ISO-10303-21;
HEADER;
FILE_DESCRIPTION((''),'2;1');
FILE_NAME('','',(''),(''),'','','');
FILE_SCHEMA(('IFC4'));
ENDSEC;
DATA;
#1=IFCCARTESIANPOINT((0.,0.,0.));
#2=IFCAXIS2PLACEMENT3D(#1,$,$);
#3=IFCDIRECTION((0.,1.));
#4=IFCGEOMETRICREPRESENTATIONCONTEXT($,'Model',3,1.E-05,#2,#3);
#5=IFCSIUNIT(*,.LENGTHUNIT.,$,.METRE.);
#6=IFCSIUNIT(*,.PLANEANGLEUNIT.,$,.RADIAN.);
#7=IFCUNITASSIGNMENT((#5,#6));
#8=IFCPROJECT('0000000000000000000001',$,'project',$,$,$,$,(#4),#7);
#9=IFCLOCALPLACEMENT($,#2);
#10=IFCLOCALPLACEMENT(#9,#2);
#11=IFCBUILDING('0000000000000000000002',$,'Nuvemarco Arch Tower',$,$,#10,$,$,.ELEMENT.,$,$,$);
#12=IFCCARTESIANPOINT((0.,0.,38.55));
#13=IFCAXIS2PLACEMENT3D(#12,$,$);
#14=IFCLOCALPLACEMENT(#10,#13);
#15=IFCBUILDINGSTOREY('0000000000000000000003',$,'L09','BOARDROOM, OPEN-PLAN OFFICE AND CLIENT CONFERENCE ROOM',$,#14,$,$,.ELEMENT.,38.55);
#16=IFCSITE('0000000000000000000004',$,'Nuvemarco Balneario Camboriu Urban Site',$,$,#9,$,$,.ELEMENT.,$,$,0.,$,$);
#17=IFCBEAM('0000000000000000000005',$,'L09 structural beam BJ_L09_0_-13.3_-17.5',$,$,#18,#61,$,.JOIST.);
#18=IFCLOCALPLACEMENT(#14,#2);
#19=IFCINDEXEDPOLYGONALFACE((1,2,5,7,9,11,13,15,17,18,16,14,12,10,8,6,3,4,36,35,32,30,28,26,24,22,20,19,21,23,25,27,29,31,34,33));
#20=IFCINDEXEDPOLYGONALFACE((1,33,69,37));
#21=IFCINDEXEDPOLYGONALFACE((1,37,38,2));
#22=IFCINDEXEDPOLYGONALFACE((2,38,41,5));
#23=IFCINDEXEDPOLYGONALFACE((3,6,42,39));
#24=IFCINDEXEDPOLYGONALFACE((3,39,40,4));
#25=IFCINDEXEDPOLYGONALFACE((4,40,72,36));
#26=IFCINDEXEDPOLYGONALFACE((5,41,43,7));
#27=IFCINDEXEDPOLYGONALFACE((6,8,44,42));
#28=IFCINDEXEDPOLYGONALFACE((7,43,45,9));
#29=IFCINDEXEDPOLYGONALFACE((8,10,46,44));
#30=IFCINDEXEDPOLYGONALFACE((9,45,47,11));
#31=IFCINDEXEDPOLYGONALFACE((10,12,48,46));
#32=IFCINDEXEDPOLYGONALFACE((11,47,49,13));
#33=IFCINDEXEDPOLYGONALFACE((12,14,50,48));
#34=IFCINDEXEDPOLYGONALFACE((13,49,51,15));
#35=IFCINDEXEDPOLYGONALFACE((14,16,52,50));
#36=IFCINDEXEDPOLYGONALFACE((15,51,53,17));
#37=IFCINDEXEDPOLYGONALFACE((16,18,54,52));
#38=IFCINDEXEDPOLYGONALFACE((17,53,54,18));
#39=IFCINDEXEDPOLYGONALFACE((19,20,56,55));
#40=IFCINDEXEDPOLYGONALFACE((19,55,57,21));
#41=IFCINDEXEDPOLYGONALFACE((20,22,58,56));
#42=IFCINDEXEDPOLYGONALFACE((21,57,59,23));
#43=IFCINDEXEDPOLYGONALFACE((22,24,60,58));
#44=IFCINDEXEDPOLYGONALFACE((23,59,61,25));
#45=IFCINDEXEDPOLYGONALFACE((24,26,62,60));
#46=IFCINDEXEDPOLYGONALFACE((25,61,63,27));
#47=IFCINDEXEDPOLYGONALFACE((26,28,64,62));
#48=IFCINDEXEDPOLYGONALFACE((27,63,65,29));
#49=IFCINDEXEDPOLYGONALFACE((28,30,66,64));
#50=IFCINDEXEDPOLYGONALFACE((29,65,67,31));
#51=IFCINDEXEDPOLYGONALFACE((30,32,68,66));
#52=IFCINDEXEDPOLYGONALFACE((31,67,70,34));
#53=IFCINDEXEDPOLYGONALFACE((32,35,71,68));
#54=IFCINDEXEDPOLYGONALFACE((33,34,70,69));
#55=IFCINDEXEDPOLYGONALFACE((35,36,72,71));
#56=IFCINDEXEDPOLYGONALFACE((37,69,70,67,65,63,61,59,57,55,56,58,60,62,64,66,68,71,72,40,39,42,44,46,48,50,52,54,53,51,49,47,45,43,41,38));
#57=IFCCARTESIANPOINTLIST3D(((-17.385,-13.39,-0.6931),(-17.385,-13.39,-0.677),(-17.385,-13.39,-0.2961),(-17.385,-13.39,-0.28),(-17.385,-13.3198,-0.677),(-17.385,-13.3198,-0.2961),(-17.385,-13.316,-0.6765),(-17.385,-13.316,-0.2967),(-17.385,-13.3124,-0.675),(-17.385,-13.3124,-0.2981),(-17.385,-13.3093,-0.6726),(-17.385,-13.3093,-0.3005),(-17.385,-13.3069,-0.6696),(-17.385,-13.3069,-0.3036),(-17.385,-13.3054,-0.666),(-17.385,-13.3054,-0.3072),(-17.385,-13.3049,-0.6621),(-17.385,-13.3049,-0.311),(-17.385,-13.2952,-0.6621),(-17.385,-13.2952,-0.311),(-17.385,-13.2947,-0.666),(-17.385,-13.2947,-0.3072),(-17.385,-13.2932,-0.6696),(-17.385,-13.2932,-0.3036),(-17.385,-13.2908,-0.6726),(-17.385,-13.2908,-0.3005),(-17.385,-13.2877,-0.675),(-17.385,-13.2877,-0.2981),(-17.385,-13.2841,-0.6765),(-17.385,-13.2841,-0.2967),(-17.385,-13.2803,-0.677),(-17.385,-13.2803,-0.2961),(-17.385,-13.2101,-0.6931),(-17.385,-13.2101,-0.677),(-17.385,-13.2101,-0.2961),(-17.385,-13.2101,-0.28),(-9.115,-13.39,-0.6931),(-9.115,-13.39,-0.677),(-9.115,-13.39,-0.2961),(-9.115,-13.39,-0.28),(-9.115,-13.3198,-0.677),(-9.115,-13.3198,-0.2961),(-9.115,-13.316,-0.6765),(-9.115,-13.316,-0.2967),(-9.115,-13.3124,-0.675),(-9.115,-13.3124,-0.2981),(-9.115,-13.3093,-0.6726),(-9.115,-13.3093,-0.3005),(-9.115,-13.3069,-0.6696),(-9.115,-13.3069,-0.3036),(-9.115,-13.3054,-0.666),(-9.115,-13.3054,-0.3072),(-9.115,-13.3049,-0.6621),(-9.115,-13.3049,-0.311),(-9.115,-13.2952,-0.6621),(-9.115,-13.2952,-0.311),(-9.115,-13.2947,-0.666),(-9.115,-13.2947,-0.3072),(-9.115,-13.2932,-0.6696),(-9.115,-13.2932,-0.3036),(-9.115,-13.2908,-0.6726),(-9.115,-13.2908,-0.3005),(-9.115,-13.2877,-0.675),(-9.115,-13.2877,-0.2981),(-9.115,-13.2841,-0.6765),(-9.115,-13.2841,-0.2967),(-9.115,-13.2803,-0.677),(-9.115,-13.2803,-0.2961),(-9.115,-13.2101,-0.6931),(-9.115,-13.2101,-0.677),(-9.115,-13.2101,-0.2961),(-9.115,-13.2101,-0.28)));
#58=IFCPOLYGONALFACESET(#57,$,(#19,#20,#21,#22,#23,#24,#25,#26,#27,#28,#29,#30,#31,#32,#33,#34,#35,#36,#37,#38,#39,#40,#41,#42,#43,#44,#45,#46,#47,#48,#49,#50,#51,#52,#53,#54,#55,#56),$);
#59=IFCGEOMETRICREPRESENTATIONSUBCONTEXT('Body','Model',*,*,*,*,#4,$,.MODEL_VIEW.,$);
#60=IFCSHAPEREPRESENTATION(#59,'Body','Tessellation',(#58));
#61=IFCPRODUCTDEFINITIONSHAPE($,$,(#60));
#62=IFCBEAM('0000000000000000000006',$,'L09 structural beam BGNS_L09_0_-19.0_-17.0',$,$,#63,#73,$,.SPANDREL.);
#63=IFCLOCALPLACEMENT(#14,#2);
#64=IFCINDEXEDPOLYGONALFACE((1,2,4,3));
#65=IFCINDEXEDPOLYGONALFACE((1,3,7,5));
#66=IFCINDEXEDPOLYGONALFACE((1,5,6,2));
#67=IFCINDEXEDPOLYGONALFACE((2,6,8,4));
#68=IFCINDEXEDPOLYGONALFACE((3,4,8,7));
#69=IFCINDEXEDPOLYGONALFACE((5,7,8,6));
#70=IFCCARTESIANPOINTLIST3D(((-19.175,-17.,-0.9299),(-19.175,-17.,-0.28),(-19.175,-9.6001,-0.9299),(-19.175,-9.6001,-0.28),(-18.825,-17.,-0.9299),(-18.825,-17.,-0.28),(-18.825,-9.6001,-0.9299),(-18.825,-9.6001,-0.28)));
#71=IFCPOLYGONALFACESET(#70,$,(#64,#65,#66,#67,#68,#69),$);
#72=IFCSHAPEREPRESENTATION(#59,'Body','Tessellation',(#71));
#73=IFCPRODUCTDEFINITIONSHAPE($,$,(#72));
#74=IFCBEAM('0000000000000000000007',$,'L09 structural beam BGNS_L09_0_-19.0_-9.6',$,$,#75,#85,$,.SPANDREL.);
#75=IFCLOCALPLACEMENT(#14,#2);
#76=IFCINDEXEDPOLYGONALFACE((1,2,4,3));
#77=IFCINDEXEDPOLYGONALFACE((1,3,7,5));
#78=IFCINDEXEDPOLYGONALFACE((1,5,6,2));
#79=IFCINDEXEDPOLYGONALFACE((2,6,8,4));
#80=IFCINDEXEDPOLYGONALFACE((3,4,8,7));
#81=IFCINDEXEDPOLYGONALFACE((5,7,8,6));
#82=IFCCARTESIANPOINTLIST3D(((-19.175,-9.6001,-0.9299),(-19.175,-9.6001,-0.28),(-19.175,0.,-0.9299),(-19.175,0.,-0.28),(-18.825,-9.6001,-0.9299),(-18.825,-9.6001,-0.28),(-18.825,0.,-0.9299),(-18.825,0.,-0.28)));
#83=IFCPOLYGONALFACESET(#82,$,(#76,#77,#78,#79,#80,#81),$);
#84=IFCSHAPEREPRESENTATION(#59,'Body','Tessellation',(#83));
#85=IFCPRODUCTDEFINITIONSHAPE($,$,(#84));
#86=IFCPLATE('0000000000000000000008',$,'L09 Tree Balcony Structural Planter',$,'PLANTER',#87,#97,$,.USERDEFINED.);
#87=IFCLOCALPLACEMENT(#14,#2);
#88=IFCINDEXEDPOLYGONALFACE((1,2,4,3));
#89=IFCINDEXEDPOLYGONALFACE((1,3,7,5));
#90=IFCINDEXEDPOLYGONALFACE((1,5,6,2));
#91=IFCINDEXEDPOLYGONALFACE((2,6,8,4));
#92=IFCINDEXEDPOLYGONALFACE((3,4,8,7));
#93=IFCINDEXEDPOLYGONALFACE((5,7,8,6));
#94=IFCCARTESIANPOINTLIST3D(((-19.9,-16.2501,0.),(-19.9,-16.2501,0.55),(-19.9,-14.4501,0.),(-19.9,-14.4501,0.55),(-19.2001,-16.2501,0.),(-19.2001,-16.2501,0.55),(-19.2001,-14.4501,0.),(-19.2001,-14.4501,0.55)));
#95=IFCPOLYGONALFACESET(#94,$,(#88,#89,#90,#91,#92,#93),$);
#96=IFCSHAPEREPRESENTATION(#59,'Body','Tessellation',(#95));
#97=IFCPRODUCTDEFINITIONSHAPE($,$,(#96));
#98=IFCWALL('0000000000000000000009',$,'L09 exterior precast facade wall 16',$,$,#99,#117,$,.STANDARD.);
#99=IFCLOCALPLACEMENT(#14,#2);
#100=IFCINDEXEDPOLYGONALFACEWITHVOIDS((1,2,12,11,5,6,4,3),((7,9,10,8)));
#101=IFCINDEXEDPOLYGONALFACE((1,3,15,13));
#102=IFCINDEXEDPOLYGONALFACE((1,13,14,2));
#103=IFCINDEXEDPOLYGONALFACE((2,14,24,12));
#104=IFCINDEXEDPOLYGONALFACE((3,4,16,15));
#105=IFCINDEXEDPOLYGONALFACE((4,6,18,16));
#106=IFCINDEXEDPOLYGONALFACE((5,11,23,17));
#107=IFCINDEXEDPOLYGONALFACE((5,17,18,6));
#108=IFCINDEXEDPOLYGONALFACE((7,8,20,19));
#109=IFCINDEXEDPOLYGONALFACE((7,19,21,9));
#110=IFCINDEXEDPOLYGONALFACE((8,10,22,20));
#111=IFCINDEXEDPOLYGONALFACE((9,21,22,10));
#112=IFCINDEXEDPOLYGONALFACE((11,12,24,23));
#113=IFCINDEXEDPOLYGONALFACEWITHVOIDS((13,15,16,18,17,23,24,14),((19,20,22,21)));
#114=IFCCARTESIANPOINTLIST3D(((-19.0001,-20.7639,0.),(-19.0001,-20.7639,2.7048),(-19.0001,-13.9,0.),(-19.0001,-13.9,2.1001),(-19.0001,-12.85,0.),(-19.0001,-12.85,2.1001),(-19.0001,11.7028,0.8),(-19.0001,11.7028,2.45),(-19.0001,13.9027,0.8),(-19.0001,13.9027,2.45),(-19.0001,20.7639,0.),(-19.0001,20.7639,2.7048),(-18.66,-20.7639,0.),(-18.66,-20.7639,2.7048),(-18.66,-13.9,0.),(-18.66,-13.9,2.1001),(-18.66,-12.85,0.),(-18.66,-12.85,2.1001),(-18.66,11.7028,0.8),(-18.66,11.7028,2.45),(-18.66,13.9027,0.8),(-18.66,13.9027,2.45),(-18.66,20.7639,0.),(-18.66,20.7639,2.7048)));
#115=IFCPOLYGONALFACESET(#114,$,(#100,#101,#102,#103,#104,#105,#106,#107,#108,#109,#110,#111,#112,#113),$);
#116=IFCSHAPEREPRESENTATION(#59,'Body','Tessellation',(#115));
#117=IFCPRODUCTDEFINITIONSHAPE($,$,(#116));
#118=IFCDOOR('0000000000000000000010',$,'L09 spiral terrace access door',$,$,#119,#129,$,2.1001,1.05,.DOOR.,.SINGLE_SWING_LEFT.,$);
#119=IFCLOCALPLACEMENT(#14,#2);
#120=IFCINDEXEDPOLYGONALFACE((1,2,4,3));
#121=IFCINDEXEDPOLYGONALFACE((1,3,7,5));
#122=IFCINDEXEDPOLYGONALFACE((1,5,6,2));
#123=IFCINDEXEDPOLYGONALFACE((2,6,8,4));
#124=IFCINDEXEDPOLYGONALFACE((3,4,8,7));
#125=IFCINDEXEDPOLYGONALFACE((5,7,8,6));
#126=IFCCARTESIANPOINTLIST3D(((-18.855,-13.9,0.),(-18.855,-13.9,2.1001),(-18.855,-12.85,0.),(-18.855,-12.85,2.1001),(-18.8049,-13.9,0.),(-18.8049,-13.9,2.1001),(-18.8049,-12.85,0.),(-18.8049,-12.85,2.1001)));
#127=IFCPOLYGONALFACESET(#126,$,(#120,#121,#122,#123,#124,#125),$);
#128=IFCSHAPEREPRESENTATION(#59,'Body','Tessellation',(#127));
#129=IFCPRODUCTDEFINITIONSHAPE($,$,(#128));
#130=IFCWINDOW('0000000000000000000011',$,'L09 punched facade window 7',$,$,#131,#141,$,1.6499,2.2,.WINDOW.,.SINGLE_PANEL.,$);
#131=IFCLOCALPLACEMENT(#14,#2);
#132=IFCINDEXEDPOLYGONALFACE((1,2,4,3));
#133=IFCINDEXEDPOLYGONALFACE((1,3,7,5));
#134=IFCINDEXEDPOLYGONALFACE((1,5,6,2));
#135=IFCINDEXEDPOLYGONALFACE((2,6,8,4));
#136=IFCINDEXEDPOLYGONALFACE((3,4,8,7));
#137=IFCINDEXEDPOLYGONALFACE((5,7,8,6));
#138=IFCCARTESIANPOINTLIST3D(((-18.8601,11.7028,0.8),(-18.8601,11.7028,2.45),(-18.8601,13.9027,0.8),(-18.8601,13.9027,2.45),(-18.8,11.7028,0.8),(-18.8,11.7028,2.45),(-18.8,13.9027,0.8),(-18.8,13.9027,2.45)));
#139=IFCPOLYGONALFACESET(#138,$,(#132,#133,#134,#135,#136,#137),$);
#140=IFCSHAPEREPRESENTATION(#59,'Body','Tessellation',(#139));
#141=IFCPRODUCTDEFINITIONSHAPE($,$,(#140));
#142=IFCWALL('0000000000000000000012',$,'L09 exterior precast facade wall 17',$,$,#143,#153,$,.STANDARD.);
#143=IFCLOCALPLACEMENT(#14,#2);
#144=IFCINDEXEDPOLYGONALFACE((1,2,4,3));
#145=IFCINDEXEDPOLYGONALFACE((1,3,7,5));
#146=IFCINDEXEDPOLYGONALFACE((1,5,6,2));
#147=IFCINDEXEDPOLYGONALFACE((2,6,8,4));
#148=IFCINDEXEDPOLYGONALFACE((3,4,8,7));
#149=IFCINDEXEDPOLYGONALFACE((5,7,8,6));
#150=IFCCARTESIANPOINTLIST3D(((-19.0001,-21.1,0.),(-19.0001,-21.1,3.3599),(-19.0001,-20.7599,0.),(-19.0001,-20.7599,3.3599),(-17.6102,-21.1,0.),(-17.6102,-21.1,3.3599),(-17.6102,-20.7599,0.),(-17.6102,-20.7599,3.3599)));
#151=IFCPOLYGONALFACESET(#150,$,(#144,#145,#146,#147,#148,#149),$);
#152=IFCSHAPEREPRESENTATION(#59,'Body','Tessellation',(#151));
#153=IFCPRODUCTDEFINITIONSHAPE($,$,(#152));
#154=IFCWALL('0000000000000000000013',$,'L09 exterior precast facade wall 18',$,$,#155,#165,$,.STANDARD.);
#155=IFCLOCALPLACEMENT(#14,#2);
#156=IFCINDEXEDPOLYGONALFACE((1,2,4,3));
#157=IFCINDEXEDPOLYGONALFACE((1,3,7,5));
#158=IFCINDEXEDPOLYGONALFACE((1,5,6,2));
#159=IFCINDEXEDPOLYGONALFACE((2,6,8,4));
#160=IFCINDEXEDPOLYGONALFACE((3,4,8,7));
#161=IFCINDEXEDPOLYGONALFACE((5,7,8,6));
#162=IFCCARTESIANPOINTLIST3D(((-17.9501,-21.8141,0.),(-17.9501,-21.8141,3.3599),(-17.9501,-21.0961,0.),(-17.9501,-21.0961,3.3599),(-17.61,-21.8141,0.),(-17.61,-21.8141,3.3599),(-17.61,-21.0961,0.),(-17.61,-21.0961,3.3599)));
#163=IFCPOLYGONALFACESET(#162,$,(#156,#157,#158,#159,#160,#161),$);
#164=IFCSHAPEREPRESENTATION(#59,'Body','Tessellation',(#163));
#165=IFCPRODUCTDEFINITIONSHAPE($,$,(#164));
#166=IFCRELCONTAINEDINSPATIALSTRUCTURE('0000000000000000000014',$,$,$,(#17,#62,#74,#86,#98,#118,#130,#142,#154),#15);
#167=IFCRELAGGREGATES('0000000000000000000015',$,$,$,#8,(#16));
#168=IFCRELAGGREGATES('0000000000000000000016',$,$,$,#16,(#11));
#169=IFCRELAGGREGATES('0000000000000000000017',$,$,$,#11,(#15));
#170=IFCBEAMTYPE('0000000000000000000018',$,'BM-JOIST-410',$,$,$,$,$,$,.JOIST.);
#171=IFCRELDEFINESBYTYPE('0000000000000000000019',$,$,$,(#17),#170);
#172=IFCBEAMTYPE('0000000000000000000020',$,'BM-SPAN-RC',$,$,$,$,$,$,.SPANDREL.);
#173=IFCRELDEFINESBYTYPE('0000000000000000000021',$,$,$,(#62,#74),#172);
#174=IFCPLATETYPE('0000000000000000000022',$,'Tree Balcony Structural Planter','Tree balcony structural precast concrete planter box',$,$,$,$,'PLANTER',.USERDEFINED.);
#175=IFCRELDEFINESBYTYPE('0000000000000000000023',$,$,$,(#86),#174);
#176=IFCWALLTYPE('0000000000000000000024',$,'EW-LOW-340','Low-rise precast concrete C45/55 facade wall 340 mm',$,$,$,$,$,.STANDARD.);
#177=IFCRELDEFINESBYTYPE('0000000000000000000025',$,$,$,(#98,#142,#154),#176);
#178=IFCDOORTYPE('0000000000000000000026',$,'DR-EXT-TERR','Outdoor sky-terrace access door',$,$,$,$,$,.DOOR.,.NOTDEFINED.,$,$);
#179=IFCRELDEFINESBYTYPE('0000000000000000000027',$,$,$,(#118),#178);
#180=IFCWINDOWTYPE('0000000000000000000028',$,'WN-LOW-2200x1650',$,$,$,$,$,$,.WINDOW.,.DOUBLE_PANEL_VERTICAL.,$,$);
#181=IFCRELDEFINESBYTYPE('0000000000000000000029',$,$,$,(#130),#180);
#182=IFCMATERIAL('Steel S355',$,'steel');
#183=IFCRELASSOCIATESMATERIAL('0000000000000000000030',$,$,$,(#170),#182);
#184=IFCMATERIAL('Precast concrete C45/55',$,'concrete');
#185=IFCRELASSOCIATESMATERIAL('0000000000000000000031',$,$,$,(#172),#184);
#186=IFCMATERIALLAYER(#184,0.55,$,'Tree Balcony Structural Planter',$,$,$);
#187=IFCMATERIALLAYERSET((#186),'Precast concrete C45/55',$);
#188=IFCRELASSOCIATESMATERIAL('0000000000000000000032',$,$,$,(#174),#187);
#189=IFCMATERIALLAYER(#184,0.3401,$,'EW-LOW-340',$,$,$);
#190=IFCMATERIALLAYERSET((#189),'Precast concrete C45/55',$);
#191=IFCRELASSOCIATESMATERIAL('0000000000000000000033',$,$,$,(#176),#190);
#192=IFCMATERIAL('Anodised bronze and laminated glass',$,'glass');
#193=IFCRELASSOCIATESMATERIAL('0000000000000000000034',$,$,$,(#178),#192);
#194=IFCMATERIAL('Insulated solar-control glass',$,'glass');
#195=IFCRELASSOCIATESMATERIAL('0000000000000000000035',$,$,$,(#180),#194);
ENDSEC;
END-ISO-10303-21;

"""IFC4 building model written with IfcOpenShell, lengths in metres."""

from ifc_helpers import new_model, si_unit, direction, frame, frame_2d, origin, origin_2d, place, context, subcontext, project, spatial, rectangle, i_section, extrude, source, transform, mapped, material, layer, layer_set, material_profile, profile_set, type_object, type_shapes, element, fill, save


model = new_model("IFC4")

# Units and contexts
model_context = context("Model", 3, precision=1e-05, world=origin(), true_north=direction((0.0, 1.0)))
body_context = subcontext(model_context, "Body", "Model", "MODEL_VIEW")
ifc_project = project(units=[si_unit("LENGTHUNIT", "METRE"), si_unit("PLANEANGLEUNIT", "RADIAN")], contexts=[model_context])

# Site, building, storey
site_placement = place(None, origin())
site = spatial("IfcSite", under=ifc_project, at=site_placement, Name="Nuvemarco Balneario Camboriu Urban Site", CompositionType="ELEMENT", RefElevation=0.0)
building_placement = place(site_placement, origin())
building = spatial("IfcBuilding", under=site, at=building_placement, Name="Nuvemarco Arch Tower", CompositionType="ELEMENT")
storey_placement = place(building_placement, frame((0.0, 0.0, 38.55)))
storey = spatial("IfcBuildingStorey", under=building, at=storey_placement, Name="L09", Description="BOARDROOM, OPEN-PLAN OFFICE AND CLIENT CONFERENCE ROOM", CompositionType="ELEMENT", Elevation=38.55)

# Shared definitions
ifc_material_1 = material(Name="Steel S355", Category="steel")

# Beams
ifc_material_profile_1 = material_profile(ifc_material_1, i_section(OverallWidth=0.1799, OverallDepth=0.4131, WebThickness=0.0098, FlangeThickness=0.0161, FilletRadius=0.0149, at=origin_2d()), Name="W410x75")
ifc_profile_set_1 = profile_set([ifc_material_profile_1], Name="Steel S355")
beam_type_1 = type_object("IfcBeamType", Name="BM-JOIST-410", PredefinedType="JOIST", material=ifc_profile_set_1)
beam_1_placement = place(storey_placement, frame((-17.385, -13.3, -0.4866), z_axis=(1.0, 0.0, 0.0), x_axis=(0.0, 1.0, 0.0)))
element("IfcBeam", 1, at=beam_1_placement, inside=storey, type_object=beam_type_1, Name="L09 structural beam BJ_L09_0_-13.3_-17.5", PredefinedType="JOIST", context=body_context, shape_type="SweptSolid", body=[
    extrude(i_section(OverallWidth=0.1799, OverallDepth=0.4131, WebThickness=0.0098, FlangeThickness=0.0161, FilletRadius=0.0149, at=origin_2d()), origin(), (0.0, 0.0, 1.0), 8.27),
])
ifc_material_2 = material(Name="Precast concrete C45/55", Category="concrete")
ifc_material_profile_2 = material_profile(ifc_material_2, rectangle(XDim=0.3501, YDim=0.6499, at=origin_2d()), Name="PC-SP-350x650")
ifc_profile_set_2 = profile_set([ifc_material_profile_2], Name="Precast concrete C45/55")
beam_type_2 = type_object("IfcBeamType", Name="BM-SPAN-RC", PredefinedType="SPANDREL", material=ifc_profile_set_2)
beam_2_placement = place(storey_placement, frame((-19.0, -17.0, -0.605), z_axis=(0.0, 1.0, 0.0), x_axis=(-1.0, 0.0, 0.0)))
element("IfcBeam", 2, at=beam_2_placement, inside=storey, type_object=beam_type_2, Name="L09 structural beam BGNS_L09_0_-19.0_-17.0", PredefinedType="SPANDREL", context=body_context, shape_type="SweptSolid", body=[
    extrude(rectangle(XDim=0.3501, YDim=0.6499, at=origin_2d()), origin(), (0.0, 0.0, 1.0), 7.3999),
])
beam_3_placement = place(storey_placement, frame((-19.0, -9.6001, -0.605), z_axis=(0.0, 1.0, 0.0), x_axis=(-1.0, 0.0, 0.0)))
element("IfcBeam", 3, at=beam_3_placement, inside=storey, type_object=beam_type_2, Name="L09 structural beam BGNS_L09_0_-19.0_-9.6", PredefinedType="SPANDREL", context=body_context, shape_type="SweptSolid", body=[
    extrude(rectangle(XDim=0.3501, YDim=0.6499, at=origin_2d()), origin(), (0.0, 0.0, 1.0), 9.6001),
])

# Plate
ifc_layer_1 = layer(ifc_material_2, 0.55, Name="Tree Balcony Structural Planter")
ifc_layer_set_1 = layer_set([ifc_layer_1], Name="Precast concrete C45/55")
plate_type = type_object("IfcPlateType", Name="Tree Balcony Structural Planter", Description="Tree balcony structural precast concrete planter box", ElementType="PLANTER", PredefinedType="USERDEFINED", material=ifc_layer_set_1)
shared_shape_1 = source(origin(), body_context, "Body", "SweptSolid", [
    extrude(rectangle(XDim=1.8, YDim=0.7, at=origin_2d()), origin(), (0.0, 0.0, 1.0), 0.55),
])
type_shapes(plate_type, [shared_shape_1])
plate_placement = place(storey_placement, frame((-19.55, -15.3501, 0.0), z_axis=(0.0, 0.0, 1.0), x_axis=(0.0, 1.0, 0.0)))
element("IfcPlate", 4, at=plate_placement, inside=storey, type_object=plate_type, Name="L09 Tree Balcony Structural Planter", ObjectType="PLANTER", PredefinedType="USERDEFINED", context=body_context, shape_type="MappedRepresentation", body=[
    mapped(shared_shape_1, transform((0.0, 0.0, 0.0), scale=1.0)),
])

# Wall, openings, door, window
ifc_layer_2 = layer(ifc_material_2, 0.3401, Name="EW-LOW-340")
ifc_layer_set_2 = layer_set([ifc_layer_2], Name="Precast concrete C45/55")
wall_type = type_object("IfcWallType", Name="EW-LOW-340", Description="Low-rise precast concrete C45/55 facade wall 340 mm", PredefinedType="STANDARD", material=ifc_layer_set_2)
wall_1_placement = place(storey_placement, frame((-18.8301, -20.7639, 0.0), z_axis=(0.0, 0.0, 1.0), x_axis=(0.0, 1.0, 0.0)))
wall_1 = element("IfcWall", 5, at=wall_1_placement, inside=storey, type_object=wall_type, Name="L09 exterior precast facade wall 16", PredefinedType="STANDARD", context=body_context, shape_type="SweptSolid", body=[
    extrude(rectangle(XDim=41.5278, YDim=0.3401, at=frame_2d((20.7639, 0.0))), origin(), (0.0, 0.0, 1.0), 2.7048),
])
opening_1_placement = place(wall_1_placement, frame((6.864, 0.0, 0.0)))
opening_1 = element("IfcOpeningElement", 6, at=opening_1_placement, cuts=wall_1, PredefinedType="OPENING", context=body_context, shape_type="SweptSolid", body=[
    extrude(rectangle(XDim=1.05, YDim=2.1001, at=frame_2d((0.5249, 1.05))), frame((0.0, 0.1799, 0.0), z_axis=(0.0, -1.0, 0.0), x_axis=(1.0, 0.0, 0.0)), (0.0, 0.0, 1.0), 0.3601),
])
opening_2_placement = place(wall_1_placement, frame((32.4666, 0.0, 0.8)))
opening_2 = element("IfcOpeningElement", 7, at=opening_2_placement, cuts=wall_1, PredefinedType="OPENING", context=body_context, shape_type="SweptSolid", body=[
    extrude(rectangle(XDim=2.2, YDim=1.6499, at=frame_2d((1.1001, 0.825))), frame((0.0, 0.1799, 0.0), z_axis=(0.0, -1.0, 0.0), x_axis=(1.0, 0.0, 0.0)), (0.0, 0.0, 1.0), 0.3601),
])
ifc_material_3 = material(Name="Anodised bronze and laminated glass", Category="glass")
door_type = type_object("IfcDoorType", Name="DR-EXT-TERR", Description="Outdoor sky-terrace access door", OperationType="NOTDEFINED", PredefinedType="DOOR", material=ifc_material_3)
shared_shape_2 = source(origin(), body_context, "Body", "SweptSolid", [
    extrude(rectangle(XDim=1.05, YDim=2.1001, at=frame_2d((0.5249, 1.05))), frame((0.0, 0.0249, 0.0), z_axis=(0.0, -1.0, 0.0), x_axis=(1.0, 0.0, 0.0)), (0.0, 0.0, 1.0), 0.05),
])
type_shapes(door_type, [shared_shape_2])
door_placement = place(opening_1_placement, origin())
door = element("IfcDoor", 8, at=door_placement, inside=storey, type_object=door_type, Name="L09 spiral terrace access door", OperationType="SINGLE_SWING_LEFT", OverallHeight=2.1001, OverallWidth=1.05, PredefinedType="DOOR", context=body_context, shape_type="MappedRepresentation", body=[
    mapped(shared_shape_2, transform((0.0, 0.0, 0.0), scale=1.0)),
])
fill(opening_1, door)
ifc_material_4 = material(Name="Insulated solar-control glass", Category="glass")
window_type = type_object("IfcWindowType", Name="WN-LOW-2200x1650", PartitioningType="DOUBLE_PANEL_VERTICAL", PredefinedType="WINDOW", material=ifc_material_4)
shared_shape_3 = source(origin(), body_context, "Body", "SweptSolid", [
    extrude(rectangle(XDim=2.2, YDim=1.6499, at=frame_2d((1.1001, 0.825))), frame((0.0, 0.03, 0.0), z_axis=(0.0, -1.0, 0.0), x_axis=(1.0, 0.0, 0.0)), (0.0, 0.0, 1.0), 0.0601),
])
type_shapes(window_type, [shared_shape_3])
window_placement = place(opening_2_placement, origin())
window = element("IfcWindow", 9, at=window_placement, inside=storey, type_object=window_type, Name="L09 punched facade window 7", OverallHeight=1.6499, OverallWidth=2.2, PartitioningType="SINGLE_PANEL", PredefinedType="WINDOW", context=body_context, shape_type="MappedRepresentation", body=[
    mapped(shared_shape_3, transform((0.0, 0.0, 0.0), scale=1.0)),
])
fill(opening_2, window)

# Walls
wall_2_placement = place(storey_placement, frame((-19.0, -20.9299, 0.0), z_axis=(0.0, 0.0, 1.0), x_axis=(1.0, 0.0, 0.0)))
element("IfcWall", 10, at=wall_2_placement, inside=storey, type_object=wall_type, Name="L09 exterior precast facade wall 17", PredefinedType="STANDARD", context=body_context, shape_type="SweptSolid", body=[
    extrude(rectangle(XDim=1.3899, YDim=0.3401, at=frame_2d((0.6948, 0.0))), origin(), (0.0, 0.0, 1.0), 3.3599),
])
wall_3_placement = place(storey_placement, frame((-17.78, -21.814, 0.0), z_axis=(0.0, 0.0, 1.0), x_axis=(0.0, 1.0, 0.0)))
element("IfcWall", 11, at=wall_3_placement, inside=storey, type_object=wall_type, Name="L09 exterior precast facade wall 18", PredefinedType="STANDARD", context=body_context, shape_type="SweptSolid", body=[
    extrude(rectangle(XDim=0.718, YDim=0.3401, at=frame_2d((0.3589, 0.0))), origin(), (0.0, 0.0, 1.0), 3.3599),
])

save(model, "model.ifc")
